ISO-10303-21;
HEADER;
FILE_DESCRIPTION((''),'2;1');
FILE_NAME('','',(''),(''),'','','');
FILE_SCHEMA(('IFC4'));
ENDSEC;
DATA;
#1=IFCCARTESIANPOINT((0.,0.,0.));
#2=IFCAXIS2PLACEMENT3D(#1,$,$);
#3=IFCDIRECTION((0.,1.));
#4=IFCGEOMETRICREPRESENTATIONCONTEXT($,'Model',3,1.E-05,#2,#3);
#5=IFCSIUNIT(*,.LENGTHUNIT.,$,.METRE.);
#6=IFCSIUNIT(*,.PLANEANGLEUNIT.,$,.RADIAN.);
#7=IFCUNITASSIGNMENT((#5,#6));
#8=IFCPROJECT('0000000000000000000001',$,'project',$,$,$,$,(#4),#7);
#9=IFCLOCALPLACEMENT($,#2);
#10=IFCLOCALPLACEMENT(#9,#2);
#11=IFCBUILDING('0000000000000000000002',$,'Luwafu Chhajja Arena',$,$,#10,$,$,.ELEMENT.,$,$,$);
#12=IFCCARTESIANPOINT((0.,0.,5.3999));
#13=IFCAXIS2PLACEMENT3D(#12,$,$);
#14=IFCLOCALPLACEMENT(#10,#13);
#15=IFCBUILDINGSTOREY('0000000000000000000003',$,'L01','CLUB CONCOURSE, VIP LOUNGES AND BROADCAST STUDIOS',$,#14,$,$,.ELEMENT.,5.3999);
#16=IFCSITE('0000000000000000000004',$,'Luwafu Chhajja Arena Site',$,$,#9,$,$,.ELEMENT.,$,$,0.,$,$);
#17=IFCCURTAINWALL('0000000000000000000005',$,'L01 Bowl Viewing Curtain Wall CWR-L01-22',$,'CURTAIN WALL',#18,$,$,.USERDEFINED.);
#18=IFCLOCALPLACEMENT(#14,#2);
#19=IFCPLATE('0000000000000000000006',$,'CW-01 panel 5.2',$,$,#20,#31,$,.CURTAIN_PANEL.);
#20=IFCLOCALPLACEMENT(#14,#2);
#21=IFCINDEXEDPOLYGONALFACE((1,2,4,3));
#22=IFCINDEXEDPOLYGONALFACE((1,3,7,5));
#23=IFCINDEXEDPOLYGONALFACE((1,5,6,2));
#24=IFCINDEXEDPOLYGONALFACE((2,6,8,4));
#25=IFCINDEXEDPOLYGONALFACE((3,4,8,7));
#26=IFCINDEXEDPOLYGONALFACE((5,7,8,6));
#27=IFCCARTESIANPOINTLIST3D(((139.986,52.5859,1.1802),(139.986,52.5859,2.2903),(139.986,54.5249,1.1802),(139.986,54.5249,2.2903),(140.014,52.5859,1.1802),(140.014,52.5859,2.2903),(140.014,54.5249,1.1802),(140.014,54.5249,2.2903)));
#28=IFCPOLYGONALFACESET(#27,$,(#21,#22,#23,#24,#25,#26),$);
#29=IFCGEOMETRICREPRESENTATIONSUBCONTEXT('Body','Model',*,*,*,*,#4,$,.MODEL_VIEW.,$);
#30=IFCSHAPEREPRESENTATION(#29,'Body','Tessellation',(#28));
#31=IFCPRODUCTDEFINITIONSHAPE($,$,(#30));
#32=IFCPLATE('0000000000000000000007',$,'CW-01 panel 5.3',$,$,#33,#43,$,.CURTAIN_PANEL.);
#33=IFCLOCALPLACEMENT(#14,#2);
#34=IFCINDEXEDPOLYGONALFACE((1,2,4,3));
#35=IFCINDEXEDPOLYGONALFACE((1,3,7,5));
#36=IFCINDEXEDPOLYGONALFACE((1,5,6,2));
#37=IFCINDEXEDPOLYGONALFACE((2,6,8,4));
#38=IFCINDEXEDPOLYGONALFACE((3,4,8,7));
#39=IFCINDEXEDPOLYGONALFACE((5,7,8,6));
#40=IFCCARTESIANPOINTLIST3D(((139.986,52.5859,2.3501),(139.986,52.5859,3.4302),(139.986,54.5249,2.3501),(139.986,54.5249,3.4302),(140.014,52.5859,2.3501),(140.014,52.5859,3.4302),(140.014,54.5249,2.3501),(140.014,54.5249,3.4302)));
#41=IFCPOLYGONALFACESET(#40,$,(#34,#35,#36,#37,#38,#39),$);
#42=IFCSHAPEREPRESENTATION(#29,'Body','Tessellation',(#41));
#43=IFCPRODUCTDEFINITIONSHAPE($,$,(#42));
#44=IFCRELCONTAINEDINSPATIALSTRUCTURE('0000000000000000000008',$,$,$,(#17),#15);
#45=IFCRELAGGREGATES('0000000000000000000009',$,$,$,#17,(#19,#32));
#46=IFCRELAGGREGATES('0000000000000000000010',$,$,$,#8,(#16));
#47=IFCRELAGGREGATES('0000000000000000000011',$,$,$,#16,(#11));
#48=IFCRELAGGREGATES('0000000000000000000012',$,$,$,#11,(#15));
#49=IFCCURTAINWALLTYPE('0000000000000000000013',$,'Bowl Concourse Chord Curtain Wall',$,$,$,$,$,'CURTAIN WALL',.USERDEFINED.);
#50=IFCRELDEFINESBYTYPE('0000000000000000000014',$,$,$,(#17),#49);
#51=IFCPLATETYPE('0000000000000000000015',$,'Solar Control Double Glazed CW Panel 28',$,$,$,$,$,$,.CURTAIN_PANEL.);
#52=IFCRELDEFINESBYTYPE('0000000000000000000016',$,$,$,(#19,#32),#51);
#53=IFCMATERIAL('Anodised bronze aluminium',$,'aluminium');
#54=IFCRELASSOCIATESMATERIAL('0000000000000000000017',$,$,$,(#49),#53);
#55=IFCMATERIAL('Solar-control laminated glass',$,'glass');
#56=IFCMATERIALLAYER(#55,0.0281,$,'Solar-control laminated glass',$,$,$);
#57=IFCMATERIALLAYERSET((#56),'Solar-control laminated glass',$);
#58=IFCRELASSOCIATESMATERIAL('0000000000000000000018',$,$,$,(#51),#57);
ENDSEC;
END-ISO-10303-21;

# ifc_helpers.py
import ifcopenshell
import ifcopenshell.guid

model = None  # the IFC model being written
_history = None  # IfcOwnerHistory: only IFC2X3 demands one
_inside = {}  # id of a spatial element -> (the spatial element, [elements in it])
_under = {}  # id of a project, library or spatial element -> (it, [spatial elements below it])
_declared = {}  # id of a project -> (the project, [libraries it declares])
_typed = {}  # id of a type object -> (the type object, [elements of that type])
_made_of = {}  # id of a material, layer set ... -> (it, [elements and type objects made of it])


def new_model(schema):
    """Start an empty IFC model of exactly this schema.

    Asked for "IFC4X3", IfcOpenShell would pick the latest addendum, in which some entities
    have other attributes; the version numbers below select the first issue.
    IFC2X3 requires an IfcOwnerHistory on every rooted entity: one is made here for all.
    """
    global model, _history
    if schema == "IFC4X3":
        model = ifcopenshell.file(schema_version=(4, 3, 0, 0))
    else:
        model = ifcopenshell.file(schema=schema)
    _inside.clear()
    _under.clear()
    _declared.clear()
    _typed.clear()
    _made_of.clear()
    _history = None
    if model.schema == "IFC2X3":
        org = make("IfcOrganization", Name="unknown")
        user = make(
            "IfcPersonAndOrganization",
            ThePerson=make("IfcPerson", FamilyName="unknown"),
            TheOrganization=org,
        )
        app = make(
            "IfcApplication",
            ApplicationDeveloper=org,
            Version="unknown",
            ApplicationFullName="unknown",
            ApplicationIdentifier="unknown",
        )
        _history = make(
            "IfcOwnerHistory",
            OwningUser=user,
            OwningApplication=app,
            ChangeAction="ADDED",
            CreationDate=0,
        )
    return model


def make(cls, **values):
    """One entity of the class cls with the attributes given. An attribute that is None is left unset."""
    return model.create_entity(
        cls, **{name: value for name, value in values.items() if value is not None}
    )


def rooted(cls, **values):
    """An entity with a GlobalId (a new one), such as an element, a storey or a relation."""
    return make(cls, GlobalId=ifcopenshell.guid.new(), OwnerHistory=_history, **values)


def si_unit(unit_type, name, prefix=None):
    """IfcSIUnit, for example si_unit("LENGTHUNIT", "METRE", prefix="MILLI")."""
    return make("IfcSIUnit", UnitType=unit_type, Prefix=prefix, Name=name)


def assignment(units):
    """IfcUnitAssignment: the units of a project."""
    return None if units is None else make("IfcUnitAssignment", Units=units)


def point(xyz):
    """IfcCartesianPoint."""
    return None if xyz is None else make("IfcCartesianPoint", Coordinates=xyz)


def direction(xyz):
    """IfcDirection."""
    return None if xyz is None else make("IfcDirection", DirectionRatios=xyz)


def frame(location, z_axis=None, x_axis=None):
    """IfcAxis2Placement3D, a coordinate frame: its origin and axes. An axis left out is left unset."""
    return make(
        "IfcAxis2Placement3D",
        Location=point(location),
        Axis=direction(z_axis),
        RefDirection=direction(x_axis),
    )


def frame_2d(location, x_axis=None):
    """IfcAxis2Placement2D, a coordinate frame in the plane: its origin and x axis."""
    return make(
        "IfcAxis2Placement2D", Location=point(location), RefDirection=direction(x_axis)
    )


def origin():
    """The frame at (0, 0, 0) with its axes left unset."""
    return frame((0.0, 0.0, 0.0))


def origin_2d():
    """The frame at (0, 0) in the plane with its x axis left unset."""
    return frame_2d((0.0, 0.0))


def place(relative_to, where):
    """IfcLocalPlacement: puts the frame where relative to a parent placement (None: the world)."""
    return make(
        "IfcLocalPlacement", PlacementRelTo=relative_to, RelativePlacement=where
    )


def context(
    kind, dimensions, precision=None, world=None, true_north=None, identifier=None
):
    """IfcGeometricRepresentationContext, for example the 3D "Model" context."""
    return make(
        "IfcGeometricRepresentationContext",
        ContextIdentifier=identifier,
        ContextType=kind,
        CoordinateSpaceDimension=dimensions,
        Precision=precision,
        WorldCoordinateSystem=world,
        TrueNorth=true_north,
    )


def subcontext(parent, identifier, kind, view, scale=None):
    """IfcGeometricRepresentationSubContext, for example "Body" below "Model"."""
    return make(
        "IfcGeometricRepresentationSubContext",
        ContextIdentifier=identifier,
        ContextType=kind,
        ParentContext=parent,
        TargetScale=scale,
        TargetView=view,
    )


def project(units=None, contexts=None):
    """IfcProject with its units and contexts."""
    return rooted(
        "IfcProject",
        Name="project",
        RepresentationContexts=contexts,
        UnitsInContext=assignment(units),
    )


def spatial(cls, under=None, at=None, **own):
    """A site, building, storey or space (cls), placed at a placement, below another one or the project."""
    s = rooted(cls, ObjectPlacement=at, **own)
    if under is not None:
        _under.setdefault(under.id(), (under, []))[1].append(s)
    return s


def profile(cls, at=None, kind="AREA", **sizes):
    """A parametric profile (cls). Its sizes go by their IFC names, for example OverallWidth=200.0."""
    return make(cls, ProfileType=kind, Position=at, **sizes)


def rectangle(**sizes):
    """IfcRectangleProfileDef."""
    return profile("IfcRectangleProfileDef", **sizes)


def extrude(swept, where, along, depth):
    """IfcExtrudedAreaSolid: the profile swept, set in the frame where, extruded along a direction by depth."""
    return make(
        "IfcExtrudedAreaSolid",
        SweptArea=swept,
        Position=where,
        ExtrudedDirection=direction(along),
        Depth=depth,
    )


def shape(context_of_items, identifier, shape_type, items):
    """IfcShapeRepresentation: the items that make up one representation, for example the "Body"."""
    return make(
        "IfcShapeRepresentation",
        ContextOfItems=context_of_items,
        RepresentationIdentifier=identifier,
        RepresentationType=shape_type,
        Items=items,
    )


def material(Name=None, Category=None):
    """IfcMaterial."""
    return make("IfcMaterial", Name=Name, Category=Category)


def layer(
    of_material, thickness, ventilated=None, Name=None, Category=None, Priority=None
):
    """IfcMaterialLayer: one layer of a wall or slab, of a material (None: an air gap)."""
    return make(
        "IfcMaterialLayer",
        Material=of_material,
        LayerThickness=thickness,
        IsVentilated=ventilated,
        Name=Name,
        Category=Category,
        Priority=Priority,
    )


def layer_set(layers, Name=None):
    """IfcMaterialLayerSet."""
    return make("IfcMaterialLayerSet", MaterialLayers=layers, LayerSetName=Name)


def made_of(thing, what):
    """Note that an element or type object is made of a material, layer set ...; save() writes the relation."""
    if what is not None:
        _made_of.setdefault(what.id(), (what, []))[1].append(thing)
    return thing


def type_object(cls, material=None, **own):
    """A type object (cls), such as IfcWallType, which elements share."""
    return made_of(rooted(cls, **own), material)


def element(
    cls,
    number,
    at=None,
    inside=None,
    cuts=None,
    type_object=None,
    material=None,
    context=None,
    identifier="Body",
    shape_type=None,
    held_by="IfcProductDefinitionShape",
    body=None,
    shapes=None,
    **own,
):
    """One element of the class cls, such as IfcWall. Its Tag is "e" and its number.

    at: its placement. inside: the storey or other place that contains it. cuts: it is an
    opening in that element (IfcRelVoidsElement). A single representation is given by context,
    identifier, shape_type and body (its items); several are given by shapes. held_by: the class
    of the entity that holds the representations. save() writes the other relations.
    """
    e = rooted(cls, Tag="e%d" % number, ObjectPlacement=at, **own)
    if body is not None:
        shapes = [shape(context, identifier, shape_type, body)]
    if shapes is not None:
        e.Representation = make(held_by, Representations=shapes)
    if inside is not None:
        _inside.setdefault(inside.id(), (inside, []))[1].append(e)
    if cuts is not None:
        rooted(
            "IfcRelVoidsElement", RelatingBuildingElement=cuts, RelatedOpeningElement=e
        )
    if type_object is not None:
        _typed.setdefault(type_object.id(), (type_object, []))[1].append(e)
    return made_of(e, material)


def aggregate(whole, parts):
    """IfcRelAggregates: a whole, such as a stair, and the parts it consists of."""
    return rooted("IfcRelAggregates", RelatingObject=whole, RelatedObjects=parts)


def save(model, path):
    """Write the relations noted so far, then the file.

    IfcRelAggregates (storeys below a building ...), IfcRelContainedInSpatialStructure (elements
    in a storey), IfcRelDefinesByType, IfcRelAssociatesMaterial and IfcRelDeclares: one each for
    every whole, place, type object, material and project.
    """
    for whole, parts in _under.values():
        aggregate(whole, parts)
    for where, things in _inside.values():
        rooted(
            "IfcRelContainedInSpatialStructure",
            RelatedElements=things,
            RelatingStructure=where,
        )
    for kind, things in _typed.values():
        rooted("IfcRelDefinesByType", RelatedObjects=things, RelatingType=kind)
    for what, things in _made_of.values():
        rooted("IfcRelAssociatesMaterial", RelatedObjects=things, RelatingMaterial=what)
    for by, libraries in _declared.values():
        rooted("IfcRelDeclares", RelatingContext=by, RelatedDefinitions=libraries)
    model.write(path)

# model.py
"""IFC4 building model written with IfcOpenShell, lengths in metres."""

from ifc_helpers import new_model, si_unit, direction, frame, origin, origin_2d, place, context, subcontext, project, spatial, rectangle, extrude, material, layer, layer_set, type_object, element, aggregate, save


model = new_model("IFC4")

# Units and contexts
model_context = context("Model", 3, precision=1e-05, world=origin(), true_north=direction((0.0, 1.0)))
body_context = subcontext(model_context, "Body", "Model", "MODEL_VIEW")
ifc_project = project(units=[si_unit("LENGTHUNIT", "METRE"), si_unit("PLANEANGLEUNIT", "RADIAN")], contexts=[model_context])

# Site, building, storey
site_placement = place(None, origin())
site = spatial("IfcSite", under=ifc_project, at=site_placement, Name="Luwafu Chhajja Arena Site", CompositionType="ELEMENT", RefElevation=0.0)
building_placement = place(site_placement, origin())
building = spatial("IfcBuilding", under=site, at=building_placement, Name="Luwafu Chhajja Arena", CompositionType="ELEMENT")
storey_placement = place(building_placement, frame((0.0, 0.0, 5.3999)))
storey = spatial("IfcBuildingStorey", under=building, at=storey_placement, Name="L01", Description="CLUB CONCOURSE, VIP LOUNGES AND BROADCAST STUDIOS", CompositionType="ELEMENT", Elevation=5.3999)

# Curtain wall
ifc_material_1 = material(Name="Anodised bronze aluminium", Category="aluminium")
curtain_wall_type = type_object("IfcCurtainWallType", Name="Bowl Concourse Chord Curtain Wall", ElementType="CURTAIN WALL", PredefinedType="USERDEFINED", material=ifc_material_1)
curtain_wall_placement = place(storey_placement, origin())
curtain_wall = element("IfcCurtainWall", 1, at=curtain_wall_placement, inside=storey, type_object=curtain_wall_type, Name="L01 Bowl Viewing Curtain Wall CWR-L01-22", ObjectType="CURTAIN WALL", PredefinedType="USERDEFINED")

# Plates
ifc_material_2 = material(Name="Solar-control laminated glass", Category="glass")
ifc_layer = layer(ifc_material_2, 0.0281, Name="Solar-control laminated glass")
ifc_layer_set = layer_set([ifc_layer], Name="Solar-control laminated glass")
plate_type = type_object("IfcPlateType", Name="Solar Control Double Glazed CW Panel 28", PredefinedType="CURTAIN_PANEL", material=ifc_layer_set)
plate_1_placement = place(storey_placement, frame((140.0, 53.5554, 1.1802), z_axis=(0.0, 0.0, 1.0), x_axis=(0.0, 1.0, 0.0)))
plate_1 = element("IfcPlate", 2, at=plate_1_placement, type_object=plate_type, Name="CW-01 panel 5.2", PredefinedType="CURTAIN_PANEL", context=body_context, shape_type="SweptSolid", body=[
    extrude(rectangle(XDim=1.939, YDim=0.0281, at=origin_2d()), origin(), (0.0, 0.0, 1.0), 1.1101),
])
plate_2_placement = place(storey_placement, frame((140.0, 53.5554, 2.3501), z_axis=(0.0, 0.0, 1.0), x_axis=(0.0, 1.0, 0.0)))
plate_2 = element("IfcPlate", 3, at=plate_2_placement, type_object=plate_type, Name="CW-01 panel 5.3", PredefinedType="CURTAIN_PANEL", context=body_context, shape_type="SweptSolid", body=[
    extrude(rectangle(XDim=1.939, YDim=0.0281, at=origin_2d()), origin(), (0.0, 0.0, 1.0), 1.0801),
])
aggregate(curtain_wall, [plate_1, plate_2])

save(model, "model.ifc")
